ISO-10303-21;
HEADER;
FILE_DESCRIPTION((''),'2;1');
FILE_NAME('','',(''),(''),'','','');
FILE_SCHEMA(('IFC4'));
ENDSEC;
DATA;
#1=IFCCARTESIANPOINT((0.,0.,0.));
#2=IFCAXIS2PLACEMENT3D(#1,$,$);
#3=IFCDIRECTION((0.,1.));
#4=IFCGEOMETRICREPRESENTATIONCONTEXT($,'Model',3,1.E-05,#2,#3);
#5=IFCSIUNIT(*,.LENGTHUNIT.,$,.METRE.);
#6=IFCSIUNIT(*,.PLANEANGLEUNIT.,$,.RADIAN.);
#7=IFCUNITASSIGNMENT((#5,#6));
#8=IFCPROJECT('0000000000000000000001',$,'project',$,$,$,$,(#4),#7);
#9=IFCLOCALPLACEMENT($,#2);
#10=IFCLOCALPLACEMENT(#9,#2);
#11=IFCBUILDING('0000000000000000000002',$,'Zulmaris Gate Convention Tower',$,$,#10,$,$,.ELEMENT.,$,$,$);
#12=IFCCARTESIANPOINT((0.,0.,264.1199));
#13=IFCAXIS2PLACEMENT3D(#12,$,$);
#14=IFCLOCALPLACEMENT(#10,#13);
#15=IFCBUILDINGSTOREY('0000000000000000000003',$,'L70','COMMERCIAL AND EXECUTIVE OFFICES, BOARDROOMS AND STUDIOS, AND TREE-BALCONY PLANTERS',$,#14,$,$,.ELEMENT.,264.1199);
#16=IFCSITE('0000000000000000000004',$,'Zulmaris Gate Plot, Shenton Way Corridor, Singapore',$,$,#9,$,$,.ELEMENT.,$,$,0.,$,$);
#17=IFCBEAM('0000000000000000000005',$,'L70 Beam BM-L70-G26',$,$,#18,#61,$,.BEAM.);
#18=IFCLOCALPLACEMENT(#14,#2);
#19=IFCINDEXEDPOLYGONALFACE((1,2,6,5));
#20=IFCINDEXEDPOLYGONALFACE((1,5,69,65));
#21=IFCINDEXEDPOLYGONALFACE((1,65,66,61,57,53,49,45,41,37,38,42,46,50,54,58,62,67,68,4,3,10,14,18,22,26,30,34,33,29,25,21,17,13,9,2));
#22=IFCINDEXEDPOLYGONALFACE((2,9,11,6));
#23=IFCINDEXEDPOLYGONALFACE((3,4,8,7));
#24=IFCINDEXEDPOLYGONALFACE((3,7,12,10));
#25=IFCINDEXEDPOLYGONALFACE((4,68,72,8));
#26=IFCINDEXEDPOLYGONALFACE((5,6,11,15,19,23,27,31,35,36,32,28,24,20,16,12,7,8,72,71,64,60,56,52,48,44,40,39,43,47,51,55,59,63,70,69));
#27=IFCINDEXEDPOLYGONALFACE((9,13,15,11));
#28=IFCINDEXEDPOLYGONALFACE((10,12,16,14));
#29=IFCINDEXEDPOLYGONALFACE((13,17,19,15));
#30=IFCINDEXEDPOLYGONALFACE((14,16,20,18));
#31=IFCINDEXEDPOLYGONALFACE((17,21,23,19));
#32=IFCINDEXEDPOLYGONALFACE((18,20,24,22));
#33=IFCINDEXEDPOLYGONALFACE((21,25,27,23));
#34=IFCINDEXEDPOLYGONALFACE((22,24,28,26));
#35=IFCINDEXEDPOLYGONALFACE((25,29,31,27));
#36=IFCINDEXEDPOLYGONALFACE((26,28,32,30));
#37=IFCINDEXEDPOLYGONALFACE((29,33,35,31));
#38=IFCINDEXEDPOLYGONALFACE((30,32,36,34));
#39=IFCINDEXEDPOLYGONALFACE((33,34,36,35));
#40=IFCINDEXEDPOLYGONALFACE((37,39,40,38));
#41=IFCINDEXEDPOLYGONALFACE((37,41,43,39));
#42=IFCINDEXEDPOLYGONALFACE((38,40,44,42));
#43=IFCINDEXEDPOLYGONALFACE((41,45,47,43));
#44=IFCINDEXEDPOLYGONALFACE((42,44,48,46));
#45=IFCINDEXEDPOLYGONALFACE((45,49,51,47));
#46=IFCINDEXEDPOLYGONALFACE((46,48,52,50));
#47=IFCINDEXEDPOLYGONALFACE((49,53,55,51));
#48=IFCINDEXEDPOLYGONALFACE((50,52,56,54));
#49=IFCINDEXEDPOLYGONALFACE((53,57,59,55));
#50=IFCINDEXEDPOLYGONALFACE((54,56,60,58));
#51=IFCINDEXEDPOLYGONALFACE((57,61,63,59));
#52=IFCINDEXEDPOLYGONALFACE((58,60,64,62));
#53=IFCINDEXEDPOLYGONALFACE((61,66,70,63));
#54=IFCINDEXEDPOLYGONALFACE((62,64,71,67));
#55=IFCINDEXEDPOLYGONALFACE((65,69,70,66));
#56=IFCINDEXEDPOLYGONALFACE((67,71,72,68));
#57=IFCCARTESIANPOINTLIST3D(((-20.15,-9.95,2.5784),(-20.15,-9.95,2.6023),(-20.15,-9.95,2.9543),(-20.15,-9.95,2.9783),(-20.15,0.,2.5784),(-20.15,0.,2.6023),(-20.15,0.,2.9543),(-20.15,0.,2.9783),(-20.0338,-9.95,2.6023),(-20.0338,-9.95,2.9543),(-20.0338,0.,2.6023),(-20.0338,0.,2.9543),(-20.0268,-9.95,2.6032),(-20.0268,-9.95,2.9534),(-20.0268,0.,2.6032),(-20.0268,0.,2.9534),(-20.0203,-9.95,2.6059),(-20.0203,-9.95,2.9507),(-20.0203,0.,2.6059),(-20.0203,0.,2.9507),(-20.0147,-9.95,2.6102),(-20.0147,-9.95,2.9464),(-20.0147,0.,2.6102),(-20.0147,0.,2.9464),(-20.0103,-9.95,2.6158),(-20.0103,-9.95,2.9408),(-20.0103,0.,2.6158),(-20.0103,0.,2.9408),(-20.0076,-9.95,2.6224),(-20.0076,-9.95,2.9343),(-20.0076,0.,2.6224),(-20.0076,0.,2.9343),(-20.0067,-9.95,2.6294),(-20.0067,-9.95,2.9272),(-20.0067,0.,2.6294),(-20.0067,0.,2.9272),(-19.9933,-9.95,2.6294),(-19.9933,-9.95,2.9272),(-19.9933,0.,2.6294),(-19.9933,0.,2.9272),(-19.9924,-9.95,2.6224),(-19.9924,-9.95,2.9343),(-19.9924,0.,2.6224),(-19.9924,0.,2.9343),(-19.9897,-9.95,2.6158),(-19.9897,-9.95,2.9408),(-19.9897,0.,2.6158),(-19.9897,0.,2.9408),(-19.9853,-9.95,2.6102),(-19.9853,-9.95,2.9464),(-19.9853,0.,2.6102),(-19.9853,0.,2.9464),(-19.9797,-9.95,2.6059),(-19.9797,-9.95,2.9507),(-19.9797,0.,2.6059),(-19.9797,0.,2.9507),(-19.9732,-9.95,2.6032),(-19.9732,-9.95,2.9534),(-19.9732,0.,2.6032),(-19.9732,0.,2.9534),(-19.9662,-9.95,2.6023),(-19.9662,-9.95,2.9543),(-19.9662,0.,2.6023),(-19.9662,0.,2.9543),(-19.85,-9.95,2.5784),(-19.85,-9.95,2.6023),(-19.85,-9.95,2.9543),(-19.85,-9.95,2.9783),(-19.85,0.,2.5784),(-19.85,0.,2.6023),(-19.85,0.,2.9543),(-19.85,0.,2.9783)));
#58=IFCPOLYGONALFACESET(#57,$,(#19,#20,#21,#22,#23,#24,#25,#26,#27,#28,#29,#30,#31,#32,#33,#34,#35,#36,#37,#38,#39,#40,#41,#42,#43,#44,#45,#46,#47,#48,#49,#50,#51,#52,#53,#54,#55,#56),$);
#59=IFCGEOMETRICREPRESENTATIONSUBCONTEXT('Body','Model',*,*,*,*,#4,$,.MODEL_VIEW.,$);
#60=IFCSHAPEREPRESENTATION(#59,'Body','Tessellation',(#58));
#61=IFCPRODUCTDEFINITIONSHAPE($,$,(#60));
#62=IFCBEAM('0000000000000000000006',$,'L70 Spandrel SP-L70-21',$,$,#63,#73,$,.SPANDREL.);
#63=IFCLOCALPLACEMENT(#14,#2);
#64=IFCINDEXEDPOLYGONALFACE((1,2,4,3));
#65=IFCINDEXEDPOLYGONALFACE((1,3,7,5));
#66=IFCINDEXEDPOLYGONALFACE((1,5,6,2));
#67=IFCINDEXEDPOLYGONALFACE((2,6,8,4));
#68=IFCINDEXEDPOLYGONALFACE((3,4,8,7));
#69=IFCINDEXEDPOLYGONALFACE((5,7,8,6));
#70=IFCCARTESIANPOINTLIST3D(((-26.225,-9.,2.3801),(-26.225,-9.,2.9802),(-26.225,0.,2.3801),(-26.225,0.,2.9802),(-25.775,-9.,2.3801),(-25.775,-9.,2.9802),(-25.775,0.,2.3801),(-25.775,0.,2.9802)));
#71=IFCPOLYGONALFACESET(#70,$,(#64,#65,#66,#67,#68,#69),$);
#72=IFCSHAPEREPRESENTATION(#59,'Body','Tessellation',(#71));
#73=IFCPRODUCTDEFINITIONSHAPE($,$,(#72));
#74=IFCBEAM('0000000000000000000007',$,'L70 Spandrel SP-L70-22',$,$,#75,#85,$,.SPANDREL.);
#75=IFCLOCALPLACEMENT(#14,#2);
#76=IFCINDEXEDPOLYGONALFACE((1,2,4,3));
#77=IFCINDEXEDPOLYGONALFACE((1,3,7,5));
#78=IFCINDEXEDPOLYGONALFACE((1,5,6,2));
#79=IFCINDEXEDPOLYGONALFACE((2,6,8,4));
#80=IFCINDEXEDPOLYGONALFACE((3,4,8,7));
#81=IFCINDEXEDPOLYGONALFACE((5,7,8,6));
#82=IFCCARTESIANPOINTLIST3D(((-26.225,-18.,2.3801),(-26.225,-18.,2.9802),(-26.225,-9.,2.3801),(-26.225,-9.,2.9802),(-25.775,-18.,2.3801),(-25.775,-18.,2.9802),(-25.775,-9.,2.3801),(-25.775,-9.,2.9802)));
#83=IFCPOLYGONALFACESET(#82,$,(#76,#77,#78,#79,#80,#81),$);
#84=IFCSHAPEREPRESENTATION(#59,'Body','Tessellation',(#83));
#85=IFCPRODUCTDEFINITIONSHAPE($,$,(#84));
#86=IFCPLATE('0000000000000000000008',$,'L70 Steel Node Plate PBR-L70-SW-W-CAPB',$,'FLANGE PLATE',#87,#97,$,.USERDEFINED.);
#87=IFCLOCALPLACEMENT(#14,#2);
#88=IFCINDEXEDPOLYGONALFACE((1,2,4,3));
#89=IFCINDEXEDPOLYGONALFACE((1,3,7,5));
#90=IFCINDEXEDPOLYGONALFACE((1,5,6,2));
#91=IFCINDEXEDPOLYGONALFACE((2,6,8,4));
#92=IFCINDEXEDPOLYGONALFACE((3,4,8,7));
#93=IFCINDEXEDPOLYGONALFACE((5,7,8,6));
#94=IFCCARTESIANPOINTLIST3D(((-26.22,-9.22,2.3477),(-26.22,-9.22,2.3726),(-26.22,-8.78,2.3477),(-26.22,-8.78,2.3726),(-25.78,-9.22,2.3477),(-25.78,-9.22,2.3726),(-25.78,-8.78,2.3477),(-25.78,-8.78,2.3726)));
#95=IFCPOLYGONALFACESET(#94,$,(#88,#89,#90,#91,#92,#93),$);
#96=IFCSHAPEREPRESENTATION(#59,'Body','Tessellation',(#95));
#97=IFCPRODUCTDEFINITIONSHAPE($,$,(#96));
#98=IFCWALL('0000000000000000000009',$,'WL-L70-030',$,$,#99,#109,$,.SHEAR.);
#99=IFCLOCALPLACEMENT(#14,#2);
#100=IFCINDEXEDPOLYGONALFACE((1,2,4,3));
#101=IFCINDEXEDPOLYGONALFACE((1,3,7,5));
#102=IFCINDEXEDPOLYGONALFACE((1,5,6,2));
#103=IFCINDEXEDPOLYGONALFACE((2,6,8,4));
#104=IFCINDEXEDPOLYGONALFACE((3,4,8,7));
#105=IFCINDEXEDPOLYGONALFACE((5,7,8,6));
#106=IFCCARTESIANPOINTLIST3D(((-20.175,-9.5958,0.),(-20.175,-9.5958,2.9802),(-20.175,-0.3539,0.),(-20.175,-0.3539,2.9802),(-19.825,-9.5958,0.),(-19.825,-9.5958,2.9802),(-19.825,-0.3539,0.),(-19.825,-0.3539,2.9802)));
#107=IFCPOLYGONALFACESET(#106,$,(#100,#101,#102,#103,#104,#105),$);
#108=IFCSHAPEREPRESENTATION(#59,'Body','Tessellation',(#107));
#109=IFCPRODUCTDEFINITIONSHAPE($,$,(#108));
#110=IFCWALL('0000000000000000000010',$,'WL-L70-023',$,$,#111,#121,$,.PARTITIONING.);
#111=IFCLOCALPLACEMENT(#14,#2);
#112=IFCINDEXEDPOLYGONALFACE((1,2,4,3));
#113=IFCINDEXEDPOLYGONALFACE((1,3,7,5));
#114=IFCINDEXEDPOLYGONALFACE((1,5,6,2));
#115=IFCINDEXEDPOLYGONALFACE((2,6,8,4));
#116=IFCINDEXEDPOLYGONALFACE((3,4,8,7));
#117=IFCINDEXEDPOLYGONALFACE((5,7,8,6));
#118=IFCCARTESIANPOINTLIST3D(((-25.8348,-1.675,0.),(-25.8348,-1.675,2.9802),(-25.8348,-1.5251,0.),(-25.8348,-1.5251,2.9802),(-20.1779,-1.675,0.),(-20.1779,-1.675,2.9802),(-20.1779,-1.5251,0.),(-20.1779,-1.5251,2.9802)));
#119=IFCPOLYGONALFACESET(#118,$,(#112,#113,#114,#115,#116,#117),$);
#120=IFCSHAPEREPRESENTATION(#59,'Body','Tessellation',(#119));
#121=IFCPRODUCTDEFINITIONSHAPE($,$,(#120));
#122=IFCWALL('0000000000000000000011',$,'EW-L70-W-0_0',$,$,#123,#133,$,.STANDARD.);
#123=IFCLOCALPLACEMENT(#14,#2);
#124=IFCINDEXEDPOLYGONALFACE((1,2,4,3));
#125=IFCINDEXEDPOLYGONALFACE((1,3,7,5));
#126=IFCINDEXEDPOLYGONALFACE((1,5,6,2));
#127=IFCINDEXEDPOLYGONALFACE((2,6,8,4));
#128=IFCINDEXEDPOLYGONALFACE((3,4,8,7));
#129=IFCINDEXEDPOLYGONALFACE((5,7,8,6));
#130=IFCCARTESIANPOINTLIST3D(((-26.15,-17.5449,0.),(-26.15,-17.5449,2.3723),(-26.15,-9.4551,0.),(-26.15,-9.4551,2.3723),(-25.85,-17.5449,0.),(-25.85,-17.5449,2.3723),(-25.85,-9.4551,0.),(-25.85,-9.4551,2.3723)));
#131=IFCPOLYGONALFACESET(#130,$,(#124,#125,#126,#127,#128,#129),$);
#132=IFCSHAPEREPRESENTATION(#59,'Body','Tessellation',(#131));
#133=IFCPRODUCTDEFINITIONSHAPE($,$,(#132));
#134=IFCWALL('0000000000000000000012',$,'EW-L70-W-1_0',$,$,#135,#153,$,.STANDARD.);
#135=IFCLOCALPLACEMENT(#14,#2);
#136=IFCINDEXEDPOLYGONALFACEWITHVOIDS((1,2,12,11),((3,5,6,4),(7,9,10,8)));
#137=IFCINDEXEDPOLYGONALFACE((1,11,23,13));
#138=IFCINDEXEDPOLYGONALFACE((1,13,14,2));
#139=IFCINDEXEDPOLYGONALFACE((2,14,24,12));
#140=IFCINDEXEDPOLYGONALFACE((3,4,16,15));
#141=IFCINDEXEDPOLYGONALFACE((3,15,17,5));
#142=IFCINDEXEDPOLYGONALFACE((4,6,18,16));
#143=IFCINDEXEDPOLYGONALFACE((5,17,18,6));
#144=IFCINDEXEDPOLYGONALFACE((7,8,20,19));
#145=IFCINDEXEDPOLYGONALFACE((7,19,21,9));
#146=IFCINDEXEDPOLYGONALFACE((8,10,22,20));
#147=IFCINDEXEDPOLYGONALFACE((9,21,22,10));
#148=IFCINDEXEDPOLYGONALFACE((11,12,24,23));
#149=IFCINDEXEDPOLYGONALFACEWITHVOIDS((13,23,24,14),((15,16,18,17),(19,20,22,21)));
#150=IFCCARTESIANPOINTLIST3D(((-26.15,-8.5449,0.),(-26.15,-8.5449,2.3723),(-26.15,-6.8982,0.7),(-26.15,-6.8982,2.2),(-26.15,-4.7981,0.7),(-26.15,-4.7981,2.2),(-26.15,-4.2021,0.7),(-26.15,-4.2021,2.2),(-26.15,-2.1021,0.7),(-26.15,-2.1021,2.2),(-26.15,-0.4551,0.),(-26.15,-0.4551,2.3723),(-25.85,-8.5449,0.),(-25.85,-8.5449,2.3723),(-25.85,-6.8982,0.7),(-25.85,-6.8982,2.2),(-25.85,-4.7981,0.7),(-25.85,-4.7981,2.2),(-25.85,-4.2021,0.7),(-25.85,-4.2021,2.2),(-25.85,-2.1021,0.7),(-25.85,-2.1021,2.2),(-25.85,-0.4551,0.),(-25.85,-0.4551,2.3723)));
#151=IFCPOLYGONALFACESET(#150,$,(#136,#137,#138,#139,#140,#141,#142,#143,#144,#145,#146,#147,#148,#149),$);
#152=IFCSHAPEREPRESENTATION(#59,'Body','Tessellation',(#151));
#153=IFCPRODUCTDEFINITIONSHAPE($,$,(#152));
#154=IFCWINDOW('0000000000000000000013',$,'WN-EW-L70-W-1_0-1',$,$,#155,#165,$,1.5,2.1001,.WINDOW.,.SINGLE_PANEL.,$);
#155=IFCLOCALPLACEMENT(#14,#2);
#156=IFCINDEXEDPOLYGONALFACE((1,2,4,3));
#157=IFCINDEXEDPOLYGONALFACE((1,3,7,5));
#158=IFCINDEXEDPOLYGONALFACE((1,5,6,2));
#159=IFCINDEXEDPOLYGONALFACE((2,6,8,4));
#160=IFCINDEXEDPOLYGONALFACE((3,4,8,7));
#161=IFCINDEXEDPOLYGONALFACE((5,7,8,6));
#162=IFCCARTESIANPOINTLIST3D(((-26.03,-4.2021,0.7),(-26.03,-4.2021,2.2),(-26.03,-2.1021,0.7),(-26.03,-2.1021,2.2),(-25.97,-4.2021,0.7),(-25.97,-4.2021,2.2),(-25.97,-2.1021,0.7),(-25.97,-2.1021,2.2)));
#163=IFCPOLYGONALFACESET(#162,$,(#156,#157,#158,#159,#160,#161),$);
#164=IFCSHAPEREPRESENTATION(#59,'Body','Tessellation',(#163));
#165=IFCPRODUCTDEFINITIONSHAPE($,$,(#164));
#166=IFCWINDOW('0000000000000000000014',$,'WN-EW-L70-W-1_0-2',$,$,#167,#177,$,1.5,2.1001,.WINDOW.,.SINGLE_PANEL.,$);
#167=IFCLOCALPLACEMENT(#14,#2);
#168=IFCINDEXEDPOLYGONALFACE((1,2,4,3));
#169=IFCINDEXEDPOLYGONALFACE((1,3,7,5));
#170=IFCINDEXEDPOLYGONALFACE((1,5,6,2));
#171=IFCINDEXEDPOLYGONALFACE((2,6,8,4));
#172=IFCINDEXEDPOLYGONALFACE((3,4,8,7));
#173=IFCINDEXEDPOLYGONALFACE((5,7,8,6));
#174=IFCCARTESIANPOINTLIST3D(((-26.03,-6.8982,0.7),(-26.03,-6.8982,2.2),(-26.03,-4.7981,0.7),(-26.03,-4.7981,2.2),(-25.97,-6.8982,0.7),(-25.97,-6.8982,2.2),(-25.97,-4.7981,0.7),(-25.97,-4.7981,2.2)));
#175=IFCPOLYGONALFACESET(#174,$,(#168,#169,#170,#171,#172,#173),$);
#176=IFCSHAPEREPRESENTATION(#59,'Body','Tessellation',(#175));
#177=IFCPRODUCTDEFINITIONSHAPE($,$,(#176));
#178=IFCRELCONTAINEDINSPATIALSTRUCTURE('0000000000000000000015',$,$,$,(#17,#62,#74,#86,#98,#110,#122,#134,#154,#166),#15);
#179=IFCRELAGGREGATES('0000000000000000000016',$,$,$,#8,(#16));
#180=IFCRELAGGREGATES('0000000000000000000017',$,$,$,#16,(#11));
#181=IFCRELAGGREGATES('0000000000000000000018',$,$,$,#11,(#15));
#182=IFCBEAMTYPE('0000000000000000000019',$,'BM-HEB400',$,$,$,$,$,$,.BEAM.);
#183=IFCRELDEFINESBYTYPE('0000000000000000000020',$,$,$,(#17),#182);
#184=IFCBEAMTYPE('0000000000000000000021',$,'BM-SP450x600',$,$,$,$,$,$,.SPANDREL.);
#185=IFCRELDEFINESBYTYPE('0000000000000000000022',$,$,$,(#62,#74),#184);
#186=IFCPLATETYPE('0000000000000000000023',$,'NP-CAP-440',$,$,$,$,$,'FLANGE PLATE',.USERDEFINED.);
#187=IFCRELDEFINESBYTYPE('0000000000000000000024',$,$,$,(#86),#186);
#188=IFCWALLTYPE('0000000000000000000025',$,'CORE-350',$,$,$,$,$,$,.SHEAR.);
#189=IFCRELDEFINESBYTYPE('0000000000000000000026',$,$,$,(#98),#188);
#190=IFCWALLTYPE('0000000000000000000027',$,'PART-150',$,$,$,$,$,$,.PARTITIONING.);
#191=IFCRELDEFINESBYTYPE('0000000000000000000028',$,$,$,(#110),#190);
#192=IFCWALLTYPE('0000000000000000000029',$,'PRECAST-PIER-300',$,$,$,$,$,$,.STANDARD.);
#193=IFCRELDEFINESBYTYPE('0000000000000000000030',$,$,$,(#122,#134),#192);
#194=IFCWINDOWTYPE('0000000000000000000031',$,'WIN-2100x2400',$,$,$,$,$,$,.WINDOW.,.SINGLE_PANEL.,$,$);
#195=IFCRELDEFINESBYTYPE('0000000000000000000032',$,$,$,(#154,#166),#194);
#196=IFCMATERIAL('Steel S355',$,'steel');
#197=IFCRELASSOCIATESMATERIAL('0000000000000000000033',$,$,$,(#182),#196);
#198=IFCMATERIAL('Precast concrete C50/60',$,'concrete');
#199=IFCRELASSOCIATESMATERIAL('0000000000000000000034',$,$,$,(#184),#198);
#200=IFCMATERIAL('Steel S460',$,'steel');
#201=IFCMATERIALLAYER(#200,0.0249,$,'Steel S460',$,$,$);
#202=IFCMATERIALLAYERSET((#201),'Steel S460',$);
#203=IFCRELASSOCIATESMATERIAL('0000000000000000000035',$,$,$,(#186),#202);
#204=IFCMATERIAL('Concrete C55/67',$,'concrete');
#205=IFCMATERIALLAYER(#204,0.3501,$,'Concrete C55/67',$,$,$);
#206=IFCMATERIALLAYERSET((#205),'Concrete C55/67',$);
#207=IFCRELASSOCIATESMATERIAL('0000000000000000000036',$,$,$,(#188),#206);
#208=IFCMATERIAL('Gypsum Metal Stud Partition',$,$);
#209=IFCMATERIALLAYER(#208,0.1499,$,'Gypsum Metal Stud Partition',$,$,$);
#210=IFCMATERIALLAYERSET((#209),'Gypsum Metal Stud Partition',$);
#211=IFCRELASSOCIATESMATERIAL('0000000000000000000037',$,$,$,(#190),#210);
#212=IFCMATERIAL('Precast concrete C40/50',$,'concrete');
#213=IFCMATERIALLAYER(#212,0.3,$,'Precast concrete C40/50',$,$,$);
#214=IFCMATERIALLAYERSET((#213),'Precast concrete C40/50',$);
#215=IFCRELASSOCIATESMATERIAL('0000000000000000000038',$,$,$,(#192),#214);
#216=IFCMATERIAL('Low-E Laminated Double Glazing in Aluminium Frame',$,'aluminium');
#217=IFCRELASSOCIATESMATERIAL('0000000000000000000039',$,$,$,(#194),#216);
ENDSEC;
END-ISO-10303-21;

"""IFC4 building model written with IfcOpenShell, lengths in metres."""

from ifc_helpers import new_model, si_unit, direction, frame, frame_2d, origin, origin_2d, place, context, subcontext, project, spatial, rectangle, i_section, extrude, material, layer, layer_set, material_profile, profile_set, type_object, element, fill, save


model = new_model("IFC4")

# Units and contexts
model_context = context("Model", 3, precision=1e-05, world=origin(), true_north=direction((0.0, 1.0)))
body_context = subcontext(model_context, "Body", "Model", "MODEL_VIEW")
ifc_project = project(units=[si_unit("LENGTHUNIT", "METRE"), si_unit("PLANEANGLEUNIT", "RADIAN")], contexts=[model_context])

# Site, building, storey
site_placement = place(None, origin())
site = spatial("IfcSite", under=ifc_project, at=site_placement, Name="Zulmaris Gate Plot, Shenton Way Corridor, Singapore", CompositionType="ELEMENT", RefElevation=0.0)
building_placement = place(site_placement, origin())
building = spatial("IfcBuilding", under=site, at=building_placement, Name="Zulmaris Gate Convention Tower", CompositionType="ELEMENT")
storey_placement = place(building_placement, frame((0.0, 0.0, 264.1199)))
storey = spatial("IfcBuildingStorey", under=building, at=storey_placement, Name="L70", Description="COMMERCIAL AND EXECUTIVE OFFICES, BOARDROOMS AND STUDIOS, AND TREE-BALCONY PLANTERS", CompositionType="ELEMENT", Elevation=264.1199)

# Beams
ifc_material_1 = material(Name="Steel S355", Category="steel")
ifc_material_profile_1 = material_profile(ifc_material_1, i_section(OverallWidth=0.3, OverallDepth=0.3999, WebThickness=0.0134, FlangeThickness=0.0239, FilletRadius=0.0271, at=origin_2d()), Name="HEB 400")
ifc_profile_set_1 = profile_set([ifc_material_profile_1], Name="Steel S355")
beam_type_1 = type_object("IfcBeamType", Name="BM-HEB400", PredefinedType="BEAM", material=ifc_profile_set_1)
beam_1_placement = place(storey_placement, frame((-20.0, -9.95, 2.7783), z_axis=(0.0, 1.0, 0.0), x_axis=(-1.0, 0.0, 0.0)))
element("IfcBeam", 1, at=beam_1_placement, inside=storey, type_object=beam_type_1, Name="L70 Beam BM-L70-G26", PredefinedType="BEAM", context=body_context, shape_type="SweptSolid", body=[
    extrude(i_section(OverallWidth=0.3, OverallDepth=0.3999, WebThickness=0.0134, FlangeThickness=0.0239, FilletRadius=0.0271, at=origin_2d()), origin(), (0.0, 0.0, 1.0), 9.95),
])
ifc_material_2 = material(Name="Precast concrete C50/60", Category="concrete")
ifc_material_profile_2 = material_profile(ifc_material_2, rectangle(XDim=0.45, YDim=0.6001, at=origin_2d()), Name="RC SPANDREL 450x600")
ifc_profile_set_2 = profile_set([ifc_material_profile_2], Name="Precast concrete C50/60")
beam_type_2 = type_object("IfcBeamType", Name="BM-SP450x600", PredefinedType="SPANDREL", material=ifc_profile_set_2)
for number, where, z_axis, x_axis, name in (
    (2, (-26.0, 0.0, 2.6802), (0.0, -1.0, 0.0), (1.0, 0.0, 0.0), "L70 Spandrel SP-L70-21"),
    (3, (-26.0, -9.0, 2.6802), (0.0, -1.0, 0.0), (1.0, 0.0, 0.0), "L70 Spandrel SP-L70-22"),
):
    element("IfcBeam", number, at=place(storey_placement, frame(where, z_axis=z_axis, x_axis=x_axis)), inside=storey, type_object=beam_type_2, Name=name, PredefinedType="SPANDREL", context=body_context, shape_type="SweptSolid", body=[
        extrude(rectangle(XDim=0.45, YDim=0.6001, at=origin_2d()), origin(), (0.0, 0.0, 1.0), 9.0),
    ])

# Plate
ifc_material_3 = material(Name="Steel S460", Category="steel")
ifc_layer_1 = layer(ifc_material_3, 0.0249, Name="Steel S460")
ifc_layer_set_1 = layer_set([ifc_layer_1], Name="Steel S460")
plate_type = type_object("IfcPlateType", Name="NP-CAP-440", ElementType="FLANGE PLATE", PredefinedType="USERDEFINED", material=ifc_layer_set_1)
plate_placement = place(storey_placement, frame((-26.0, -9.0, 2.3477), z_axis=(0.0, 0.0, 1.0), x_axis=(1.0, 0.0, 0.0)))
element("IfcPlate", 4, at=plate_placement, inside=storey, type_object=plate_type, Name="L70 Steel Node Plate PBR-L70-SW-W-CAPB", ObjectType="FLANGE PLATE", PredefinedType="USERDEFINED", context=body_context, shape_type="SweptSolid", body=[
    extrude(rectangle(XDim=0.4399, YDim=0.4399, at=origin_2d()), origin(), (0.0, 0.0, 1.0), 0.0249),
])

# Shared definitions
ifc_material_4 = material(Name="Concrete C55/67", Category="concrete")
ifc_layer_2 = layer(ifc_material_4, 0.3501, Name="Concrete C55/67")
ifc_layer_set_2 = layer_set([ifc_layer_2], Name="Concrete C55/67")
wall_type_1 = type_object("IfcWallType", Name="CORE-350", PredefinedType="SHEAR", material=ifc_layer_set_2)

# Walls
wall_1_placement = place(storey_placement, frame((-20.0, -9.5959, 0.0), z_axis=(0.0, 0.0, 1.0), x_axis=(0.0, 1.0, 0.0)))
element("IfcWall", 5, at=wall_1_placement, inside=storey, type_object=wall_type_1, Name="WL-L70-030", PredefinedType="SHEAR", context=body_context, shape_type="SweptSolid", body=[
    extrude(rectangle(XDim=9.2419, YDim=0.3501, at=frame_2d((4.6211, 0.0))), origin(), (0.0, 0.0, 1.0), 2.9802),
])
ifc_material_5 = material(Name="Gypsum Metal Stud Partition")
ifc_layer_3 = layer(ifc_material_5, 0.1499, Name="Gypsum Metal Stud Partition")
ifc_layer_set_3 = layer_set([ifc_layer_3], Name="Gypsum Metal Stud Partition")
wall_type_2 = type_object("IfcWallType", Name="PART-150", PredefinedType="PARTITIONING", material=ifc_layer_set_3)
wall_2_placement = place(storey_placement, frame((-25.835, -1.6001, 0.0), z_axis=(0.0, 0.0, 1.0), x_axis=(1.0, 0.0, 0.0)))
element("IfcWall", 6, at=wall_2_placement, inside=storey, type_object=wall_type_2, Name="WL-L70-023", PredefinedType="PARTITIONING", context=body_context, shape_type="SweptSolid", body=[
    extrude(rectangle(XDim=5.657, YDim=0.1499, at=frame_2d((2.8286, 0.0))), origin(), (0.0, 0.0, 1.0), 2.9802),
])
ifc_material_6 = material(Name="Precast concrete C40/50", Category="concrete")
ifc_layer_4 = layer(ifc_material_6, 0.3, Name="Precast concrete C40/50")
ifc_layer_set_4 = layer_set([ifc_layer_4], Name="Precast concrete C40/50")
wall_type_3 = type_object("IfcWallType", Name="PRECAST-PIER-300", PredefinedType="STANDARD", material=ifc_layer_set_4)
wall_3_placement = place(storey_placement, frame((-26.0, -9.4551, 0.0), z_axis=(0.0, 0.0, 1.0), x_axis=(0.0, -1.0, 0.0)))
element("IfcWall", 7, at=wall_3_placement, inside=storey, type_object=wall_type_3, Name="EW-L70-W-0_0", PredefinedType="STANDARD", context=body_context, shape_type="SweptSolid", body=[
    extrude(rectangle(XDim=8.0898, YDim=0.3, at=frame_2d((4.0449, 0.0))), origin(), (0.0, 0.0, 1.0), 2.3723),
])

# Wall, openings, windows
wall_4_placement = place(storey_placement, frame((-26.0, -0.4551, 0.0), z_axis=(0.0, 0.0, 1.0), x_axis=(0.0, -1.0, 0.0)))
wall_4 = element("IfcWall", 8, at=wall_4_placement, inside=storey, type_object=wall_type_3, Name="EW-L70-W-1_0", PredefinedType="STANDARD", context=body_context, shape_type="SweptSolid", body=[
    extrude(rectangle(XDim=8.0898, YDim=0.3, at=frame_2d((4.0449, 0.0))), origin(), (0.0, 0.0, 1.0), 2.3723),
])
opening_1_placement = place(wall_4_placement, frame((1.647, 0.0, 0.7)))
opening_1 = element("IfcOpeningElement", 9, at=opening_1_placement, cuts=wall_4, PredefinedType="OPENING", context=body_context, shape_type="SweptSolid", body=[
    extrude(rectangle(XDim=2.1001, YDim=1.5, at=frame_2d((1.05, 0.75))), frame((0.0, 0.1602, 0.0), z_axis=(0.0, -1.0, 0.0), x_axis=(1.0, 0.0, 0.0)), (0.0, 0.0, 1.0), 0.3201),
])
opening_2_placement = place(wall_4_placement, frame((4.343, 0.0, 0.7)))
opening_2 = element("IfcOpeningElement", 10, at=opening_2_placement, cuts=wall_4, PredefinedType="OPENING", context=body_context, shape_type="SweptSolid", body=[
    extrude(rectangle(XDim=2.1001, YDim=1.5, at=frame_2d((1.05, 0.75))), frame((0.0, 0.1602, 0.0), z_axis=(0.0, -1.0, 0.0), x_axis=(1.0, 0.0, 0.0)), (0.0, 0.0, 1.0), 0.3201),
])
ifc_material_7 = material(Name="Low-E Laminated Double Glazing in Aluminium Frame", Category="aluminium")
window_type = type_object("IfcWindowType", Name="WIN-2100x2400", PartitioningType="SINGLE_PANEL", PredefinedType="WINDOW", material=ifc_material_7)
window_1_placement = place(opening_1_placement, origin())
window_1 = element("IfcWindow", 11, at=window_1_placement, inside=storey, type_object=window_type, Name="WN-EW-L70-W-1_0-1", OverallHeight=1.5, OverallWidth=2.1001, PartitioningType="SINGLE_PANEL", PredefinedType="WINDOW", context=body_context, shape_type="SweptSolid", body=[
    extrude(rectangle(XDim=2.1001, YDim=1.5, at=frame_2d((1.05, 0.75))), frame((0.0, 0.03, 0.0), z_axis=(0.0, -1.0, 0.0), x_axis=(1.0, 0.0, 0.0)), (0.0, 0.0, 1.0), 0.0601),
])
fill(opening_1, window_1)
window_2_placement = place(opening_2_placement, origin())
window_2 = element("IfcWindow", 12, at=window_2_placement, inside=storey, type_object=window_type, Name="WN-EW-L70-W-1_0-2", OverallHeight=1.5, OverallWidth=2.1001, PartitioningType="SINGLE_PANEL", PredefinedType="WINDOW", context=body_context, shape_type="SweptSolid", body=[
    extrude(rectangle(XDim=2.1001, YDim=1.5, at=frame_2d((1.05, 0.75))), frame((0.0, 0.03, 0.0), z_axis=(0.0, -1.0, 0.0), x_axis=(1.0, 0.0, 0.0)), (0.0, 0.0, 1.0), 0.0601),
])
fill(opening_2, window_2)

save(model, "model.ifc")
